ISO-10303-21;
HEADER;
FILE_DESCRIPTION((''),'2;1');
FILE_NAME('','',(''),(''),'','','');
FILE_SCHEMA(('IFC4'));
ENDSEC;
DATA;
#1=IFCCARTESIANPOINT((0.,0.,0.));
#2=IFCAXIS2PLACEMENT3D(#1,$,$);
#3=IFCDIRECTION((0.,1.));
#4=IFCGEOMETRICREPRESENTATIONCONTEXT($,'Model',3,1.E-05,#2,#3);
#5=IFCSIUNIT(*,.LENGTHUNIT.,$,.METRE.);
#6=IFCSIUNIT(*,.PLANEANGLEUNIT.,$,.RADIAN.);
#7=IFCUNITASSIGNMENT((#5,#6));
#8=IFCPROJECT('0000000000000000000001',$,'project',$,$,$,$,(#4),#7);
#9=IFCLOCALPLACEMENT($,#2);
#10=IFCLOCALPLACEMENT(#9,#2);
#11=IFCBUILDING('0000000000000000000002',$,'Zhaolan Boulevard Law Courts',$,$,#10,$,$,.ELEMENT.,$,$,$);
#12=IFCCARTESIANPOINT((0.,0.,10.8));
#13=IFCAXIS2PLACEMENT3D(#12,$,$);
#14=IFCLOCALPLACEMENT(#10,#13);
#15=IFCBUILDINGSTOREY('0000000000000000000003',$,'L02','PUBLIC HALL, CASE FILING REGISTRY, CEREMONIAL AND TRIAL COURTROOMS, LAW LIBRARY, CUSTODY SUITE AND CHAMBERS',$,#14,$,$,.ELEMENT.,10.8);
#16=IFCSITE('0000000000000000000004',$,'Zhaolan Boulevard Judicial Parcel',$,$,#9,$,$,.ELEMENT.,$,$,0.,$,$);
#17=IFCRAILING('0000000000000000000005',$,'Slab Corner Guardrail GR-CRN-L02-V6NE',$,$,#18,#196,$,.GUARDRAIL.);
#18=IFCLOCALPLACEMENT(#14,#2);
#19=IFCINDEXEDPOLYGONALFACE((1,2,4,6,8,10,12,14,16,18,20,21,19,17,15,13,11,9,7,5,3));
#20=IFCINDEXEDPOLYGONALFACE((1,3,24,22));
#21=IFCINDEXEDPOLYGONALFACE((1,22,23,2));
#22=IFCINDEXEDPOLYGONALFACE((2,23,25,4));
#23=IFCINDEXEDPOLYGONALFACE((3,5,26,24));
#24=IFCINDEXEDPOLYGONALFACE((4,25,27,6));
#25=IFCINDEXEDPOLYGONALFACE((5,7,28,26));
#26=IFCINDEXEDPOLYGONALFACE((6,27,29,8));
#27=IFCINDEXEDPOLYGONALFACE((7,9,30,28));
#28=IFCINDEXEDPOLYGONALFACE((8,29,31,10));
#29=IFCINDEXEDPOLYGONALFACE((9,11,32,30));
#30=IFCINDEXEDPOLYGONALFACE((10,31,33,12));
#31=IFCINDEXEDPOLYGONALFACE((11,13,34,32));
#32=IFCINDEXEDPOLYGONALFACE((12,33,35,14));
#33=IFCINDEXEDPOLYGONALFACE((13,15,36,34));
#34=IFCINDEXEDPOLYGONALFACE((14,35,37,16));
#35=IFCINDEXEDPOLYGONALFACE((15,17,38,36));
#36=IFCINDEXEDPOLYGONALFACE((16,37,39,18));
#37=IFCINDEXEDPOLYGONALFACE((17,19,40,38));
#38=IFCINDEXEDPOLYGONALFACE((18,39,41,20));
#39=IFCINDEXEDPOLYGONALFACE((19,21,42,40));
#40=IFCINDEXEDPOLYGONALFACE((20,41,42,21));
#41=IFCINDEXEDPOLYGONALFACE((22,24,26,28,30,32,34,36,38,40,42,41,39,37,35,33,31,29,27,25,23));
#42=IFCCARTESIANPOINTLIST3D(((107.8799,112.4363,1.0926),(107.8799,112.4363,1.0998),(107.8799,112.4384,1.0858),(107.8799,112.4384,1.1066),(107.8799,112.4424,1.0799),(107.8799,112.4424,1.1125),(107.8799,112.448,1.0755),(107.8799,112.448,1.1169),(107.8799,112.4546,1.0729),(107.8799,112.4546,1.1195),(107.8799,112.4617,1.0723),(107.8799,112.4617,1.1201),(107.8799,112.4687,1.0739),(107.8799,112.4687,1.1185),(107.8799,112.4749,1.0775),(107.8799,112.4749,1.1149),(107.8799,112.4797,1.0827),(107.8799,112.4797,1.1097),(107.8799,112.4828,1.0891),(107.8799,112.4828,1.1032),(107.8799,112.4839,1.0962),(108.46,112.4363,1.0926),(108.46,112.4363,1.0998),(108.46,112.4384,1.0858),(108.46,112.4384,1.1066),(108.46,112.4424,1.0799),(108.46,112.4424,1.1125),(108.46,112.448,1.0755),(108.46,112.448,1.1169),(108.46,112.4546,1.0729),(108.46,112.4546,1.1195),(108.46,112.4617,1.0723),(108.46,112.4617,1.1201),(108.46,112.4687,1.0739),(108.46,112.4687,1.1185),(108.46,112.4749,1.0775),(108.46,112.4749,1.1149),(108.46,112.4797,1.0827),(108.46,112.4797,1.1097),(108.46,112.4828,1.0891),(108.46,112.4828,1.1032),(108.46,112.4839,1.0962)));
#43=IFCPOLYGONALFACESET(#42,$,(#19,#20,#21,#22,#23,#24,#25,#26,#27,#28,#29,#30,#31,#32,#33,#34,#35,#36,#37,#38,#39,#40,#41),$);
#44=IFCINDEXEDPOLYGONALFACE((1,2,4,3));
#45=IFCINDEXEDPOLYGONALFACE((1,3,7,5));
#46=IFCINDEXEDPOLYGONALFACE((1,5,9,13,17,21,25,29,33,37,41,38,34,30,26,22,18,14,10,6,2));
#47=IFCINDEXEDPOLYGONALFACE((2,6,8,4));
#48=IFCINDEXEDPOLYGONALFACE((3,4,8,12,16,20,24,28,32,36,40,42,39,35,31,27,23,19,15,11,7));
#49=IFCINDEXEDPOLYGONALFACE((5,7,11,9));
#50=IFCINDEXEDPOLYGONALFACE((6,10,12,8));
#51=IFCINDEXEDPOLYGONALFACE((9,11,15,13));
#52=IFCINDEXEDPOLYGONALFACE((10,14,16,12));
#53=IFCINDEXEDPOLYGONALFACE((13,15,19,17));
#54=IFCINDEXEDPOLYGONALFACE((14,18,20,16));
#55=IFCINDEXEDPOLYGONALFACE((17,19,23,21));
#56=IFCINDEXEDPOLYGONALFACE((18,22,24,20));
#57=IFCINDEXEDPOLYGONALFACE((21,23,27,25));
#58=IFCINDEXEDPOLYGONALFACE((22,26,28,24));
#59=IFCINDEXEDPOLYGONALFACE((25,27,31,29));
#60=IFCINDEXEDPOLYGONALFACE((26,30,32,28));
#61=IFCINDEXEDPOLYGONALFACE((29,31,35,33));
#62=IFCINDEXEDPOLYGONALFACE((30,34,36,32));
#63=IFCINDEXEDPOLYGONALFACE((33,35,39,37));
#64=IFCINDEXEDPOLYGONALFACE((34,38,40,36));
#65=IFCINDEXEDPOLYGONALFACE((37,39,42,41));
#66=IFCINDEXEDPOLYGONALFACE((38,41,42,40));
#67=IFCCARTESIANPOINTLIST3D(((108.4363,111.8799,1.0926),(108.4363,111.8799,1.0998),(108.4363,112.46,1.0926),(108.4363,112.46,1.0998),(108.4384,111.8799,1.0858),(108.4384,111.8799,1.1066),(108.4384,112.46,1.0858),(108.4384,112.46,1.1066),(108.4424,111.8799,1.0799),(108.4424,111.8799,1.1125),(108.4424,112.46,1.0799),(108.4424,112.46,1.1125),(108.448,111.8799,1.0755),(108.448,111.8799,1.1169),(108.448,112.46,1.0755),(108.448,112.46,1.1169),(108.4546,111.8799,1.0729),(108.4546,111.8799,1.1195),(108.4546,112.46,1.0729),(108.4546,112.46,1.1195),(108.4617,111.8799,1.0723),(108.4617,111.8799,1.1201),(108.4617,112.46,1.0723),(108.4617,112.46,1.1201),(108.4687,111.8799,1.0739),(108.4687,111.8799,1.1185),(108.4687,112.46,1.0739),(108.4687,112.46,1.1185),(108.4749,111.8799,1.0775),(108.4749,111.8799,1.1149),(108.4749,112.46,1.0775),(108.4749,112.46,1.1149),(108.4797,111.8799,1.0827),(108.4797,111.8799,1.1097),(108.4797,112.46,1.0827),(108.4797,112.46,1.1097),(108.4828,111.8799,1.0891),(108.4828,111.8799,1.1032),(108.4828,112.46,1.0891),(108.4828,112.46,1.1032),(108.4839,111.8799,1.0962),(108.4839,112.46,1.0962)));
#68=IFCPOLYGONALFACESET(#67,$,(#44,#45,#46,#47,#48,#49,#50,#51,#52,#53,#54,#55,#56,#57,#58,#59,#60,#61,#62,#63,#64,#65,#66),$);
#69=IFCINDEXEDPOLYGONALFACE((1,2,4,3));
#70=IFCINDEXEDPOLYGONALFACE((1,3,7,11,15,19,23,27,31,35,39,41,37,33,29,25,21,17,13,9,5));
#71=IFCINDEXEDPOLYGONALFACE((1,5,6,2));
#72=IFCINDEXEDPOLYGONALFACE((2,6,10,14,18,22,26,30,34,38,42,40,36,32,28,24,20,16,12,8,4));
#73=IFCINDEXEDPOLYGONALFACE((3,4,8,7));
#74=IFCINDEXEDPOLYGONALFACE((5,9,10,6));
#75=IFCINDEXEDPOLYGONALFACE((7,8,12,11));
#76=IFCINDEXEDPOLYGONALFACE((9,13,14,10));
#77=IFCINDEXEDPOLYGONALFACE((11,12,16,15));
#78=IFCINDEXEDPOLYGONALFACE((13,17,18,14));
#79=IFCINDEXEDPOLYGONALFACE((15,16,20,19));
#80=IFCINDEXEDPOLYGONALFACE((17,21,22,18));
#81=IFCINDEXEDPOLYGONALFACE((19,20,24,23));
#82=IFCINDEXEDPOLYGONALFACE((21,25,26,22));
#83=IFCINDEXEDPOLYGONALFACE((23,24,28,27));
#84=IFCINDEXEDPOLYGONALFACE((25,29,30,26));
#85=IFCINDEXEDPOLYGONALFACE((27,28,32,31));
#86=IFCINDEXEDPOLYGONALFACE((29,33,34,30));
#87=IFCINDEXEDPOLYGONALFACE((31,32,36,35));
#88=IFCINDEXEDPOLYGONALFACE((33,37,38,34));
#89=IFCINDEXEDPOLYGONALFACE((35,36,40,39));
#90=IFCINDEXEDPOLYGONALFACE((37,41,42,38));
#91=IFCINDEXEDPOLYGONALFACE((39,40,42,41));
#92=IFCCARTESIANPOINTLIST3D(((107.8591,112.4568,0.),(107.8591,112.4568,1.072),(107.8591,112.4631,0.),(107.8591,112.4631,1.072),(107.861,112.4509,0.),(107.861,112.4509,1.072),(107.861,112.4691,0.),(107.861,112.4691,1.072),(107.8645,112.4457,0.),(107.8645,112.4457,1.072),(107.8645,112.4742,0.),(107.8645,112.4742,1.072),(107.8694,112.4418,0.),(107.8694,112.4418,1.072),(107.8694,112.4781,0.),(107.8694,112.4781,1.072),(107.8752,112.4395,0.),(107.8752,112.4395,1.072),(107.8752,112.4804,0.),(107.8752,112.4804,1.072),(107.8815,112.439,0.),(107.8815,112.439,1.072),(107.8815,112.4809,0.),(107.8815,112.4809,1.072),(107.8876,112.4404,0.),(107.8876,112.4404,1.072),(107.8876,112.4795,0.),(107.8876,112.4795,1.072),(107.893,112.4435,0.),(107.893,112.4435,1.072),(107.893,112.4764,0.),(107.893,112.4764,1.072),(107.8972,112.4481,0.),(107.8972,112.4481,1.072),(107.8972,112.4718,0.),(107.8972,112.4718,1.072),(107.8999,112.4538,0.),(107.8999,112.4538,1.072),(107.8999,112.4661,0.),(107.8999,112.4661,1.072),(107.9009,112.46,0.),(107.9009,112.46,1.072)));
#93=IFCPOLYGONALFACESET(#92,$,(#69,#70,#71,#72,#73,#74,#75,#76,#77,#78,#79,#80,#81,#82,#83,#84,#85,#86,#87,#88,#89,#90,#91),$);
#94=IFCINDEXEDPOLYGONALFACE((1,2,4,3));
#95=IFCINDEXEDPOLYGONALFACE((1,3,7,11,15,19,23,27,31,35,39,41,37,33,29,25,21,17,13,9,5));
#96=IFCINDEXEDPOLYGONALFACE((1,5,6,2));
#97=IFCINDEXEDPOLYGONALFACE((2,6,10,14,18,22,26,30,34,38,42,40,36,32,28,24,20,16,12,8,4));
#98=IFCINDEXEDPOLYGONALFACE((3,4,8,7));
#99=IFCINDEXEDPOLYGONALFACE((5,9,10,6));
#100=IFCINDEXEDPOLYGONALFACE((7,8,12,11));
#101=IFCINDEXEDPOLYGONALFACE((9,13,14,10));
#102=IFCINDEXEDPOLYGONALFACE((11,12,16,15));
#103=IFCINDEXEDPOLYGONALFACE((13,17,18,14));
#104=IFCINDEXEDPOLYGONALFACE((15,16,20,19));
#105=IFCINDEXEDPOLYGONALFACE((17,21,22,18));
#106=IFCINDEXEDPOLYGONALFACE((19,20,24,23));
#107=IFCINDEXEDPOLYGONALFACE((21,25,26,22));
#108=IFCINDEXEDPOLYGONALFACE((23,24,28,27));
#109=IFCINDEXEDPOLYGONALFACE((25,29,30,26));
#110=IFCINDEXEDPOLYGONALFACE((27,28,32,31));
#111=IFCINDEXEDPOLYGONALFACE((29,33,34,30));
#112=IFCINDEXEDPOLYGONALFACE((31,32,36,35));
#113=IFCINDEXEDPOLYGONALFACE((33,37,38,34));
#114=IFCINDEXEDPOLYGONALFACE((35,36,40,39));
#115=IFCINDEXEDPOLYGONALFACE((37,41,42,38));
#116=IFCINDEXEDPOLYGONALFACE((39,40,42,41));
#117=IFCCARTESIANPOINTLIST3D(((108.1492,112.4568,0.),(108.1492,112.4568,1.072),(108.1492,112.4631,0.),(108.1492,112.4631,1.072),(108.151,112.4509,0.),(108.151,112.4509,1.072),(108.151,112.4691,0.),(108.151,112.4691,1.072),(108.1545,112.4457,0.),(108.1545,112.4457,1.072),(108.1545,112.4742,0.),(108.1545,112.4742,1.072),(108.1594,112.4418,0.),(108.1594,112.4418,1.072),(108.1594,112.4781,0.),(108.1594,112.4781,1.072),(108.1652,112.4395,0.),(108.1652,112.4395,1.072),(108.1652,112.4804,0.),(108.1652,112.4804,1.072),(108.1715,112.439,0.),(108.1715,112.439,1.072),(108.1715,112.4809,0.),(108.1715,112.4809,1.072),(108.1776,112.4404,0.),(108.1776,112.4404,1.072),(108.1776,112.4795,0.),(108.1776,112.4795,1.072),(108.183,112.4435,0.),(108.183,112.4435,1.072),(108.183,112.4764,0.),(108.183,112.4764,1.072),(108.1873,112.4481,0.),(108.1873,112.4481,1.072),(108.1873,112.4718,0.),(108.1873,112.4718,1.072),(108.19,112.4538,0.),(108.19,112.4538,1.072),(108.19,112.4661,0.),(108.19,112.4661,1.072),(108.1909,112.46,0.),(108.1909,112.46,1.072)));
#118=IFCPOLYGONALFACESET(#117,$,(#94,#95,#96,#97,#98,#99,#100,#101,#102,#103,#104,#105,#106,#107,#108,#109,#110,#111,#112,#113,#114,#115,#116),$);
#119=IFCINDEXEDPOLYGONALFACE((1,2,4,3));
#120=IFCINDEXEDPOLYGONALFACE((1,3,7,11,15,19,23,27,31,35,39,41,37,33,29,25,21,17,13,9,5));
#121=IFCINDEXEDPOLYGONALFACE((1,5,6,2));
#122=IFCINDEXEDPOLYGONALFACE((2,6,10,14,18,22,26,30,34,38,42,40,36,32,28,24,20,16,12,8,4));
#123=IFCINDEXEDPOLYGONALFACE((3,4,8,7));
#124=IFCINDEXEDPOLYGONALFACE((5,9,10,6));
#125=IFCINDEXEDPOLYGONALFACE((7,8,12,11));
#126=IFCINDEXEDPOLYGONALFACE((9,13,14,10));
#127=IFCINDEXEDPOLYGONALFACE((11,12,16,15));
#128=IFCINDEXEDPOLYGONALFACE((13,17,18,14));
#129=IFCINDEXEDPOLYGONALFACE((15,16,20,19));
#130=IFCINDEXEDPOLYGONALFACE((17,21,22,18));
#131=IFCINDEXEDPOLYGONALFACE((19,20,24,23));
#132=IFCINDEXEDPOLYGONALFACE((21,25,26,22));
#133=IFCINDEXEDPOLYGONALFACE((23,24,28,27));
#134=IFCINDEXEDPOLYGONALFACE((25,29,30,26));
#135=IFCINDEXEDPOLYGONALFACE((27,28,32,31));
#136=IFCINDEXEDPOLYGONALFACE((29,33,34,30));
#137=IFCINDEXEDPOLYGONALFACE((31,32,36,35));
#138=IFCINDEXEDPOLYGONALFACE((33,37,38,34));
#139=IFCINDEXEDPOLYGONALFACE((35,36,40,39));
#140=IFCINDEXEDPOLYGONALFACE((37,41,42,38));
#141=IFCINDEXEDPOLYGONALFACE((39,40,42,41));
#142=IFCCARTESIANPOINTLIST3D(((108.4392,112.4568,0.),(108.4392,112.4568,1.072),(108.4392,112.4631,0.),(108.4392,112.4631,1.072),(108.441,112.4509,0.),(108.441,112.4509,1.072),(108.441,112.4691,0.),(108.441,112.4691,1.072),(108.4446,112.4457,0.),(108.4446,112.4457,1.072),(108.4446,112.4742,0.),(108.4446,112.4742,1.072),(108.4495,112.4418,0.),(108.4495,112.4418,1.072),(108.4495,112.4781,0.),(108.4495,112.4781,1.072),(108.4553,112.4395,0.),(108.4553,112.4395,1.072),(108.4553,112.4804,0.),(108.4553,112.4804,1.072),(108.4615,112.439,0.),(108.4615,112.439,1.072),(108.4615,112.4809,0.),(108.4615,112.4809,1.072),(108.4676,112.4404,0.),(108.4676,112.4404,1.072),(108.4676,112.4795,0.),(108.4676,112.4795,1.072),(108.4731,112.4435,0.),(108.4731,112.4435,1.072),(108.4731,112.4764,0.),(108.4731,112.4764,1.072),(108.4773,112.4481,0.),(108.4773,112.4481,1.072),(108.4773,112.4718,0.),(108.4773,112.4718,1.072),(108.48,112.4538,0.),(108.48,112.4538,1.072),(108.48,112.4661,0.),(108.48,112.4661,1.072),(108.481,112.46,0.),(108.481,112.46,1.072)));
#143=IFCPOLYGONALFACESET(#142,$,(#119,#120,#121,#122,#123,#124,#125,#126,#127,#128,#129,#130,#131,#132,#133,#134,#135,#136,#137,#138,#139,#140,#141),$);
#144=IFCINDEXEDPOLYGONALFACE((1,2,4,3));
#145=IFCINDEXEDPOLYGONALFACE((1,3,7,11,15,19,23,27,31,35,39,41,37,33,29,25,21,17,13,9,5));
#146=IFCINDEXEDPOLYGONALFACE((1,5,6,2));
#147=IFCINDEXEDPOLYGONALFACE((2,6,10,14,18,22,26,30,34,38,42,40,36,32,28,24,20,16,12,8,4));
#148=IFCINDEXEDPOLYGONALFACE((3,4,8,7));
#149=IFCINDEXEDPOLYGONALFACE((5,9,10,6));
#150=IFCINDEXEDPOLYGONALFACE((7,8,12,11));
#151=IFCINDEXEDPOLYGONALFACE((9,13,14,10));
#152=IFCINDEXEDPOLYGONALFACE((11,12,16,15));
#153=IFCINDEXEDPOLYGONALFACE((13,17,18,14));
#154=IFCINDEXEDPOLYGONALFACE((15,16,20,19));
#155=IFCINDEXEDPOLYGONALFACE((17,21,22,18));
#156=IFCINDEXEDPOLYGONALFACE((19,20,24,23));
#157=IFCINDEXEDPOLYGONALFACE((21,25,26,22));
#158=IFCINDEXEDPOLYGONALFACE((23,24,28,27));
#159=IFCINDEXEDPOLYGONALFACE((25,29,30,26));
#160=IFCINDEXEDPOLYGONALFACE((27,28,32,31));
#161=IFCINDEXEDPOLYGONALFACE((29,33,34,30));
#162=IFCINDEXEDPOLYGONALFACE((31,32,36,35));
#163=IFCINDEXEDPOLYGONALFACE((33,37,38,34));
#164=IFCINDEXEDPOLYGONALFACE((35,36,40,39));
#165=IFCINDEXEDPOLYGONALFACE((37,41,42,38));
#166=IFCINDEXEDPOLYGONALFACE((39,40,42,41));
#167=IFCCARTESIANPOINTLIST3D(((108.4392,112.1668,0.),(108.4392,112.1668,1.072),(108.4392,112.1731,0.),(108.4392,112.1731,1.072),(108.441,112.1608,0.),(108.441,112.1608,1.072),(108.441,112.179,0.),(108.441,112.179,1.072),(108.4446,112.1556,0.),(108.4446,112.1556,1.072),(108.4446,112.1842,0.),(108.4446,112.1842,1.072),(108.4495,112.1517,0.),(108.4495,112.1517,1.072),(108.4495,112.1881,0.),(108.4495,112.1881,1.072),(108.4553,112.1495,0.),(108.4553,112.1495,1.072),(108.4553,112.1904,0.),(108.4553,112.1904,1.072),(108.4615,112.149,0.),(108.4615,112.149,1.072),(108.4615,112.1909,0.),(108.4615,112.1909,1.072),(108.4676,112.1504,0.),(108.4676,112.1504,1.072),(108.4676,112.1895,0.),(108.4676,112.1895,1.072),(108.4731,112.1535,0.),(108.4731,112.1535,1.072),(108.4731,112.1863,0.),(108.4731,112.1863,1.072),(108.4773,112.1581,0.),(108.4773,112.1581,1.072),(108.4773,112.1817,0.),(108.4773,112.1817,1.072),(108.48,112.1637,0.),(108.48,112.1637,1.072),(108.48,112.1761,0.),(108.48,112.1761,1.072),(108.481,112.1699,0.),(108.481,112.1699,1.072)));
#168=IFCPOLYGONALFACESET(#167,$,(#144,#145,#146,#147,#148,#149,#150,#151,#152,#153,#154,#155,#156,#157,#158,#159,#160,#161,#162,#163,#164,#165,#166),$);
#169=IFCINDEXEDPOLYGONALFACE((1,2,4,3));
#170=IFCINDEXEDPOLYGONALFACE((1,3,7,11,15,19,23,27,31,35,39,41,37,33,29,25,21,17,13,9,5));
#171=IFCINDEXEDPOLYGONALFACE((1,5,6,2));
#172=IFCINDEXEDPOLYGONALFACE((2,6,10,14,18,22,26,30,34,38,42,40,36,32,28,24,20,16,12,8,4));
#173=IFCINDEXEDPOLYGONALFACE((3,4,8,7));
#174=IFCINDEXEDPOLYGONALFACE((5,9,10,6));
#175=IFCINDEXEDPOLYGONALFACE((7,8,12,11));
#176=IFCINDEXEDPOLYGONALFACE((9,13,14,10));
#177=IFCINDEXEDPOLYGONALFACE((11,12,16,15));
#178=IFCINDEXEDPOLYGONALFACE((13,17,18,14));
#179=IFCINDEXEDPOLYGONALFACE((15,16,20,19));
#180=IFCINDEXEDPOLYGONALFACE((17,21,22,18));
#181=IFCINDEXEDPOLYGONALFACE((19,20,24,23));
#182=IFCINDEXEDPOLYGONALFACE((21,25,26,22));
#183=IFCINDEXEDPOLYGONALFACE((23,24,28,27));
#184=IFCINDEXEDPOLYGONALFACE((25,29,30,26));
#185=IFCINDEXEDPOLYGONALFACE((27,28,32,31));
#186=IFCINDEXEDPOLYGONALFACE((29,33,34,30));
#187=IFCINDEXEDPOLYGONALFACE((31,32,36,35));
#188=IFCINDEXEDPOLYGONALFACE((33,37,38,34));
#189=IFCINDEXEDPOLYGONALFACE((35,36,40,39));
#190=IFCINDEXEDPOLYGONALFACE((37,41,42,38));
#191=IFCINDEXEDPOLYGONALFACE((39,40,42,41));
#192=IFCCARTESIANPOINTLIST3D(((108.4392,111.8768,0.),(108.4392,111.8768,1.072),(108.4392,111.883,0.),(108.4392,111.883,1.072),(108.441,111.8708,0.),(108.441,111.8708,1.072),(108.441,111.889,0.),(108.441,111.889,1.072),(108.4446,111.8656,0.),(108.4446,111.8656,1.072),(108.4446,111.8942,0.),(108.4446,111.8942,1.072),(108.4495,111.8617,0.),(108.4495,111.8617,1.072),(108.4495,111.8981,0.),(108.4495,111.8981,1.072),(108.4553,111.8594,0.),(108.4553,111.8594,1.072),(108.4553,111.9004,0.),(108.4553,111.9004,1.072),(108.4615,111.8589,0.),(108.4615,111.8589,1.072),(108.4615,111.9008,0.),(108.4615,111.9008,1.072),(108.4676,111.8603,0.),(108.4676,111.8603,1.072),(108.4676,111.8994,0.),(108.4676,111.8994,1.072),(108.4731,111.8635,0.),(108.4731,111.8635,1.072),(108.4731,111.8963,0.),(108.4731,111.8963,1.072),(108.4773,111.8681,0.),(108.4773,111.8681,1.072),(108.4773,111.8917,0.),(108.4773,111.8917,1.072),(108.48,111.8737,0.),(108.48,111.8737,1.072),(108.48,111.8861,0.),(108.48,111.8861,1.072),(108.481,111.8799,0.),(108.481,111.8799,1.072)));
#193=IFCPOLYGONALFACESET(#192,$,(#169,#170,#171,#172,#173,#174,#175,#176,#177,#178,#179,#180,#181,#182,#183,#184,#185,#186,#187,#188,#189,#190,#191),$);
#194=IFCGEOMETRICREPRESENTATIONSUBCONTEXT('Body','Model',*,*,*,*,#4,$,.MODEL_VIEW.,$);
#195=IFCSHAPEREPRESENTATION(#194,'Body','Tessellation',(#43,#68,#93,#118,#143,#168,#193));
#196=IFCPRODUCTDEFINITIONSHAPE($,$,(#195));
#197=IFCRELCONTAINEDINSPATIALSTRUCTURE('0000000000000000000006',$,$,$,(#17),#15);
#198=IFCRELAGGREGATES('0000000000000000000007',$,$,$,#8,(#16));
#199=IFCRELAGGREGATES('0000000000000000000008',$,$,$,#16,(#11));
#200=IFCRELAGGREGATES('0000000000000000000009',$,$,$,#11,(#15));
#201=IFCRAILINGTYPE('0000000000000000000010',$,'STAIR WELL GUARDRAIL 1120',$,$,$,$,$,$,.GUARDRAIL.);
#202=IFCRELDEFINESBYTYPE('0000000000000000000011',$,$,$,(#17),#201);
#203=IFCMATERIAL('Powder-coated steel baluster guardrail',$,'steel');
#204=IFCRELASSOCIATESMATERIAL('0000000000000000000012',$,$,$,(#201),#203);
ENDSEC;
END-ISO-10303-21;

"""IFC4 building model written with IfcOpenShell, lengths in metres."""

from ifc_helpers import new_model, si_unit, direction, frame, origin, origin_2d, place, context, subcontext, project, spatial, circle, extrude, material, type_object, element, save


model = new_model("IFC4")

# Units and contexts
model_context = context("Model", 3, precision=1e-05, world=origin(), true_north=direction((0.0, 1.0)))
body_context = subcontext(model_context, "Body", "Model", "MODEL_VIEW")
ifc_project = project(units=[si_unit("LENGTHUNIT", "METRE"), si_unit("PLANEANGLEUNIT", "RADIAN")], contexts=[model_context])

# Site, building, storey
site_placement = place(None, origin())
site = spatial("IfcSite", under=ifc_project, at=site_placement, Name="Zhaolan Boulevard Judicial Parcel", CompositionType="ELEMENT", RefElevation=0.0)
building_placement = place(site_placement, origin())
building = spatial("IfcBuilding", under=site, at=building_placement, Name="Zhaolan Boulevard Law Courts", CompositionType="ELEMENT")
storey_placement = place(building_placement, frame((0.0, 0.0, 10.8)))
storey = spatial("IfcBuildingStorey", under=building, at=storey_placement, Name="L02", Description="PUBLIC HALL, CASE FILING REGISTRY, CEREMONIAL AND TRIAL COURTROOMS, LAW LIBRARY, CUSTODY SUITE AND CHAMBERS", CompositionType="ELEMENT", Elevation=10.8)

# Railing
ifc_material_1 = material(Name="Powder-coated steel baluster guardrail", Category="steel")
railing_type = type_object("IfcRailingType", Name="STAIR WELL GUARDRAIL 1120", PredefinedType="GUARDRAIL", material=ifc_material_1)
railing_placement = place(storey_placement, frame((107.8799, 112.46, 0.0)))
element("IfcRailing", 1, at=railing_placement, inside=storey, type_object=railing_type, Name="Slab Corner Guardrail GR-CRN-L02-V6NE", PredefinedType="GUARDRAIL", context=body_context, shape_type="SweptSolid", body=[
    extrude(circle(Radius=0.0239, at=origin_2d()), frame((0.0, 0.0, 1.0962), z_axis=(1.0, 0.0, 0.0), x_axis=(0.0, 1.0, 0.0)), (0.0, 0.0, 1.0), 0.5801),
    extrude(circle(Radius=0.0239, at=origin_2d()), frame((0.5801, 0.0, 1.0962), z_axis=(0.0, -1.0, 0.0), x_axis=(1.0, 0.0, 0.0)), (0.0, 0.0, 1.0), 0.5801),
    extrude(circle(Radius=0.021, at=origin_2d()), origin(), (0.0, 0.0, 1.0), 1.072),
    extrude(circle(Radius=0.021, at=origin_2d()), frame((0.29, 0.0, 0.0)), (0.0, 0.0, 1.0), 1.072),
    extrude(circle(Radius=0.021, at=origin_2d()), frame((0.5801, 0.0, 0.0)), (0.0, 0.0, 1.0), 1.072),
    extrude(circle(Radius=0.021, at=origin_2d()), frame((0.5801, -0.29, 0.0)), (0.0, 0.0, 1.0), 1.072),
    extrude(circle(Radius=0.021, at=origin_2d()), frame((0.5801, -0.5801, 0.0)), (0.0, 0.0, 1.0), 1.072),
])

save(model, "model.ifc")
